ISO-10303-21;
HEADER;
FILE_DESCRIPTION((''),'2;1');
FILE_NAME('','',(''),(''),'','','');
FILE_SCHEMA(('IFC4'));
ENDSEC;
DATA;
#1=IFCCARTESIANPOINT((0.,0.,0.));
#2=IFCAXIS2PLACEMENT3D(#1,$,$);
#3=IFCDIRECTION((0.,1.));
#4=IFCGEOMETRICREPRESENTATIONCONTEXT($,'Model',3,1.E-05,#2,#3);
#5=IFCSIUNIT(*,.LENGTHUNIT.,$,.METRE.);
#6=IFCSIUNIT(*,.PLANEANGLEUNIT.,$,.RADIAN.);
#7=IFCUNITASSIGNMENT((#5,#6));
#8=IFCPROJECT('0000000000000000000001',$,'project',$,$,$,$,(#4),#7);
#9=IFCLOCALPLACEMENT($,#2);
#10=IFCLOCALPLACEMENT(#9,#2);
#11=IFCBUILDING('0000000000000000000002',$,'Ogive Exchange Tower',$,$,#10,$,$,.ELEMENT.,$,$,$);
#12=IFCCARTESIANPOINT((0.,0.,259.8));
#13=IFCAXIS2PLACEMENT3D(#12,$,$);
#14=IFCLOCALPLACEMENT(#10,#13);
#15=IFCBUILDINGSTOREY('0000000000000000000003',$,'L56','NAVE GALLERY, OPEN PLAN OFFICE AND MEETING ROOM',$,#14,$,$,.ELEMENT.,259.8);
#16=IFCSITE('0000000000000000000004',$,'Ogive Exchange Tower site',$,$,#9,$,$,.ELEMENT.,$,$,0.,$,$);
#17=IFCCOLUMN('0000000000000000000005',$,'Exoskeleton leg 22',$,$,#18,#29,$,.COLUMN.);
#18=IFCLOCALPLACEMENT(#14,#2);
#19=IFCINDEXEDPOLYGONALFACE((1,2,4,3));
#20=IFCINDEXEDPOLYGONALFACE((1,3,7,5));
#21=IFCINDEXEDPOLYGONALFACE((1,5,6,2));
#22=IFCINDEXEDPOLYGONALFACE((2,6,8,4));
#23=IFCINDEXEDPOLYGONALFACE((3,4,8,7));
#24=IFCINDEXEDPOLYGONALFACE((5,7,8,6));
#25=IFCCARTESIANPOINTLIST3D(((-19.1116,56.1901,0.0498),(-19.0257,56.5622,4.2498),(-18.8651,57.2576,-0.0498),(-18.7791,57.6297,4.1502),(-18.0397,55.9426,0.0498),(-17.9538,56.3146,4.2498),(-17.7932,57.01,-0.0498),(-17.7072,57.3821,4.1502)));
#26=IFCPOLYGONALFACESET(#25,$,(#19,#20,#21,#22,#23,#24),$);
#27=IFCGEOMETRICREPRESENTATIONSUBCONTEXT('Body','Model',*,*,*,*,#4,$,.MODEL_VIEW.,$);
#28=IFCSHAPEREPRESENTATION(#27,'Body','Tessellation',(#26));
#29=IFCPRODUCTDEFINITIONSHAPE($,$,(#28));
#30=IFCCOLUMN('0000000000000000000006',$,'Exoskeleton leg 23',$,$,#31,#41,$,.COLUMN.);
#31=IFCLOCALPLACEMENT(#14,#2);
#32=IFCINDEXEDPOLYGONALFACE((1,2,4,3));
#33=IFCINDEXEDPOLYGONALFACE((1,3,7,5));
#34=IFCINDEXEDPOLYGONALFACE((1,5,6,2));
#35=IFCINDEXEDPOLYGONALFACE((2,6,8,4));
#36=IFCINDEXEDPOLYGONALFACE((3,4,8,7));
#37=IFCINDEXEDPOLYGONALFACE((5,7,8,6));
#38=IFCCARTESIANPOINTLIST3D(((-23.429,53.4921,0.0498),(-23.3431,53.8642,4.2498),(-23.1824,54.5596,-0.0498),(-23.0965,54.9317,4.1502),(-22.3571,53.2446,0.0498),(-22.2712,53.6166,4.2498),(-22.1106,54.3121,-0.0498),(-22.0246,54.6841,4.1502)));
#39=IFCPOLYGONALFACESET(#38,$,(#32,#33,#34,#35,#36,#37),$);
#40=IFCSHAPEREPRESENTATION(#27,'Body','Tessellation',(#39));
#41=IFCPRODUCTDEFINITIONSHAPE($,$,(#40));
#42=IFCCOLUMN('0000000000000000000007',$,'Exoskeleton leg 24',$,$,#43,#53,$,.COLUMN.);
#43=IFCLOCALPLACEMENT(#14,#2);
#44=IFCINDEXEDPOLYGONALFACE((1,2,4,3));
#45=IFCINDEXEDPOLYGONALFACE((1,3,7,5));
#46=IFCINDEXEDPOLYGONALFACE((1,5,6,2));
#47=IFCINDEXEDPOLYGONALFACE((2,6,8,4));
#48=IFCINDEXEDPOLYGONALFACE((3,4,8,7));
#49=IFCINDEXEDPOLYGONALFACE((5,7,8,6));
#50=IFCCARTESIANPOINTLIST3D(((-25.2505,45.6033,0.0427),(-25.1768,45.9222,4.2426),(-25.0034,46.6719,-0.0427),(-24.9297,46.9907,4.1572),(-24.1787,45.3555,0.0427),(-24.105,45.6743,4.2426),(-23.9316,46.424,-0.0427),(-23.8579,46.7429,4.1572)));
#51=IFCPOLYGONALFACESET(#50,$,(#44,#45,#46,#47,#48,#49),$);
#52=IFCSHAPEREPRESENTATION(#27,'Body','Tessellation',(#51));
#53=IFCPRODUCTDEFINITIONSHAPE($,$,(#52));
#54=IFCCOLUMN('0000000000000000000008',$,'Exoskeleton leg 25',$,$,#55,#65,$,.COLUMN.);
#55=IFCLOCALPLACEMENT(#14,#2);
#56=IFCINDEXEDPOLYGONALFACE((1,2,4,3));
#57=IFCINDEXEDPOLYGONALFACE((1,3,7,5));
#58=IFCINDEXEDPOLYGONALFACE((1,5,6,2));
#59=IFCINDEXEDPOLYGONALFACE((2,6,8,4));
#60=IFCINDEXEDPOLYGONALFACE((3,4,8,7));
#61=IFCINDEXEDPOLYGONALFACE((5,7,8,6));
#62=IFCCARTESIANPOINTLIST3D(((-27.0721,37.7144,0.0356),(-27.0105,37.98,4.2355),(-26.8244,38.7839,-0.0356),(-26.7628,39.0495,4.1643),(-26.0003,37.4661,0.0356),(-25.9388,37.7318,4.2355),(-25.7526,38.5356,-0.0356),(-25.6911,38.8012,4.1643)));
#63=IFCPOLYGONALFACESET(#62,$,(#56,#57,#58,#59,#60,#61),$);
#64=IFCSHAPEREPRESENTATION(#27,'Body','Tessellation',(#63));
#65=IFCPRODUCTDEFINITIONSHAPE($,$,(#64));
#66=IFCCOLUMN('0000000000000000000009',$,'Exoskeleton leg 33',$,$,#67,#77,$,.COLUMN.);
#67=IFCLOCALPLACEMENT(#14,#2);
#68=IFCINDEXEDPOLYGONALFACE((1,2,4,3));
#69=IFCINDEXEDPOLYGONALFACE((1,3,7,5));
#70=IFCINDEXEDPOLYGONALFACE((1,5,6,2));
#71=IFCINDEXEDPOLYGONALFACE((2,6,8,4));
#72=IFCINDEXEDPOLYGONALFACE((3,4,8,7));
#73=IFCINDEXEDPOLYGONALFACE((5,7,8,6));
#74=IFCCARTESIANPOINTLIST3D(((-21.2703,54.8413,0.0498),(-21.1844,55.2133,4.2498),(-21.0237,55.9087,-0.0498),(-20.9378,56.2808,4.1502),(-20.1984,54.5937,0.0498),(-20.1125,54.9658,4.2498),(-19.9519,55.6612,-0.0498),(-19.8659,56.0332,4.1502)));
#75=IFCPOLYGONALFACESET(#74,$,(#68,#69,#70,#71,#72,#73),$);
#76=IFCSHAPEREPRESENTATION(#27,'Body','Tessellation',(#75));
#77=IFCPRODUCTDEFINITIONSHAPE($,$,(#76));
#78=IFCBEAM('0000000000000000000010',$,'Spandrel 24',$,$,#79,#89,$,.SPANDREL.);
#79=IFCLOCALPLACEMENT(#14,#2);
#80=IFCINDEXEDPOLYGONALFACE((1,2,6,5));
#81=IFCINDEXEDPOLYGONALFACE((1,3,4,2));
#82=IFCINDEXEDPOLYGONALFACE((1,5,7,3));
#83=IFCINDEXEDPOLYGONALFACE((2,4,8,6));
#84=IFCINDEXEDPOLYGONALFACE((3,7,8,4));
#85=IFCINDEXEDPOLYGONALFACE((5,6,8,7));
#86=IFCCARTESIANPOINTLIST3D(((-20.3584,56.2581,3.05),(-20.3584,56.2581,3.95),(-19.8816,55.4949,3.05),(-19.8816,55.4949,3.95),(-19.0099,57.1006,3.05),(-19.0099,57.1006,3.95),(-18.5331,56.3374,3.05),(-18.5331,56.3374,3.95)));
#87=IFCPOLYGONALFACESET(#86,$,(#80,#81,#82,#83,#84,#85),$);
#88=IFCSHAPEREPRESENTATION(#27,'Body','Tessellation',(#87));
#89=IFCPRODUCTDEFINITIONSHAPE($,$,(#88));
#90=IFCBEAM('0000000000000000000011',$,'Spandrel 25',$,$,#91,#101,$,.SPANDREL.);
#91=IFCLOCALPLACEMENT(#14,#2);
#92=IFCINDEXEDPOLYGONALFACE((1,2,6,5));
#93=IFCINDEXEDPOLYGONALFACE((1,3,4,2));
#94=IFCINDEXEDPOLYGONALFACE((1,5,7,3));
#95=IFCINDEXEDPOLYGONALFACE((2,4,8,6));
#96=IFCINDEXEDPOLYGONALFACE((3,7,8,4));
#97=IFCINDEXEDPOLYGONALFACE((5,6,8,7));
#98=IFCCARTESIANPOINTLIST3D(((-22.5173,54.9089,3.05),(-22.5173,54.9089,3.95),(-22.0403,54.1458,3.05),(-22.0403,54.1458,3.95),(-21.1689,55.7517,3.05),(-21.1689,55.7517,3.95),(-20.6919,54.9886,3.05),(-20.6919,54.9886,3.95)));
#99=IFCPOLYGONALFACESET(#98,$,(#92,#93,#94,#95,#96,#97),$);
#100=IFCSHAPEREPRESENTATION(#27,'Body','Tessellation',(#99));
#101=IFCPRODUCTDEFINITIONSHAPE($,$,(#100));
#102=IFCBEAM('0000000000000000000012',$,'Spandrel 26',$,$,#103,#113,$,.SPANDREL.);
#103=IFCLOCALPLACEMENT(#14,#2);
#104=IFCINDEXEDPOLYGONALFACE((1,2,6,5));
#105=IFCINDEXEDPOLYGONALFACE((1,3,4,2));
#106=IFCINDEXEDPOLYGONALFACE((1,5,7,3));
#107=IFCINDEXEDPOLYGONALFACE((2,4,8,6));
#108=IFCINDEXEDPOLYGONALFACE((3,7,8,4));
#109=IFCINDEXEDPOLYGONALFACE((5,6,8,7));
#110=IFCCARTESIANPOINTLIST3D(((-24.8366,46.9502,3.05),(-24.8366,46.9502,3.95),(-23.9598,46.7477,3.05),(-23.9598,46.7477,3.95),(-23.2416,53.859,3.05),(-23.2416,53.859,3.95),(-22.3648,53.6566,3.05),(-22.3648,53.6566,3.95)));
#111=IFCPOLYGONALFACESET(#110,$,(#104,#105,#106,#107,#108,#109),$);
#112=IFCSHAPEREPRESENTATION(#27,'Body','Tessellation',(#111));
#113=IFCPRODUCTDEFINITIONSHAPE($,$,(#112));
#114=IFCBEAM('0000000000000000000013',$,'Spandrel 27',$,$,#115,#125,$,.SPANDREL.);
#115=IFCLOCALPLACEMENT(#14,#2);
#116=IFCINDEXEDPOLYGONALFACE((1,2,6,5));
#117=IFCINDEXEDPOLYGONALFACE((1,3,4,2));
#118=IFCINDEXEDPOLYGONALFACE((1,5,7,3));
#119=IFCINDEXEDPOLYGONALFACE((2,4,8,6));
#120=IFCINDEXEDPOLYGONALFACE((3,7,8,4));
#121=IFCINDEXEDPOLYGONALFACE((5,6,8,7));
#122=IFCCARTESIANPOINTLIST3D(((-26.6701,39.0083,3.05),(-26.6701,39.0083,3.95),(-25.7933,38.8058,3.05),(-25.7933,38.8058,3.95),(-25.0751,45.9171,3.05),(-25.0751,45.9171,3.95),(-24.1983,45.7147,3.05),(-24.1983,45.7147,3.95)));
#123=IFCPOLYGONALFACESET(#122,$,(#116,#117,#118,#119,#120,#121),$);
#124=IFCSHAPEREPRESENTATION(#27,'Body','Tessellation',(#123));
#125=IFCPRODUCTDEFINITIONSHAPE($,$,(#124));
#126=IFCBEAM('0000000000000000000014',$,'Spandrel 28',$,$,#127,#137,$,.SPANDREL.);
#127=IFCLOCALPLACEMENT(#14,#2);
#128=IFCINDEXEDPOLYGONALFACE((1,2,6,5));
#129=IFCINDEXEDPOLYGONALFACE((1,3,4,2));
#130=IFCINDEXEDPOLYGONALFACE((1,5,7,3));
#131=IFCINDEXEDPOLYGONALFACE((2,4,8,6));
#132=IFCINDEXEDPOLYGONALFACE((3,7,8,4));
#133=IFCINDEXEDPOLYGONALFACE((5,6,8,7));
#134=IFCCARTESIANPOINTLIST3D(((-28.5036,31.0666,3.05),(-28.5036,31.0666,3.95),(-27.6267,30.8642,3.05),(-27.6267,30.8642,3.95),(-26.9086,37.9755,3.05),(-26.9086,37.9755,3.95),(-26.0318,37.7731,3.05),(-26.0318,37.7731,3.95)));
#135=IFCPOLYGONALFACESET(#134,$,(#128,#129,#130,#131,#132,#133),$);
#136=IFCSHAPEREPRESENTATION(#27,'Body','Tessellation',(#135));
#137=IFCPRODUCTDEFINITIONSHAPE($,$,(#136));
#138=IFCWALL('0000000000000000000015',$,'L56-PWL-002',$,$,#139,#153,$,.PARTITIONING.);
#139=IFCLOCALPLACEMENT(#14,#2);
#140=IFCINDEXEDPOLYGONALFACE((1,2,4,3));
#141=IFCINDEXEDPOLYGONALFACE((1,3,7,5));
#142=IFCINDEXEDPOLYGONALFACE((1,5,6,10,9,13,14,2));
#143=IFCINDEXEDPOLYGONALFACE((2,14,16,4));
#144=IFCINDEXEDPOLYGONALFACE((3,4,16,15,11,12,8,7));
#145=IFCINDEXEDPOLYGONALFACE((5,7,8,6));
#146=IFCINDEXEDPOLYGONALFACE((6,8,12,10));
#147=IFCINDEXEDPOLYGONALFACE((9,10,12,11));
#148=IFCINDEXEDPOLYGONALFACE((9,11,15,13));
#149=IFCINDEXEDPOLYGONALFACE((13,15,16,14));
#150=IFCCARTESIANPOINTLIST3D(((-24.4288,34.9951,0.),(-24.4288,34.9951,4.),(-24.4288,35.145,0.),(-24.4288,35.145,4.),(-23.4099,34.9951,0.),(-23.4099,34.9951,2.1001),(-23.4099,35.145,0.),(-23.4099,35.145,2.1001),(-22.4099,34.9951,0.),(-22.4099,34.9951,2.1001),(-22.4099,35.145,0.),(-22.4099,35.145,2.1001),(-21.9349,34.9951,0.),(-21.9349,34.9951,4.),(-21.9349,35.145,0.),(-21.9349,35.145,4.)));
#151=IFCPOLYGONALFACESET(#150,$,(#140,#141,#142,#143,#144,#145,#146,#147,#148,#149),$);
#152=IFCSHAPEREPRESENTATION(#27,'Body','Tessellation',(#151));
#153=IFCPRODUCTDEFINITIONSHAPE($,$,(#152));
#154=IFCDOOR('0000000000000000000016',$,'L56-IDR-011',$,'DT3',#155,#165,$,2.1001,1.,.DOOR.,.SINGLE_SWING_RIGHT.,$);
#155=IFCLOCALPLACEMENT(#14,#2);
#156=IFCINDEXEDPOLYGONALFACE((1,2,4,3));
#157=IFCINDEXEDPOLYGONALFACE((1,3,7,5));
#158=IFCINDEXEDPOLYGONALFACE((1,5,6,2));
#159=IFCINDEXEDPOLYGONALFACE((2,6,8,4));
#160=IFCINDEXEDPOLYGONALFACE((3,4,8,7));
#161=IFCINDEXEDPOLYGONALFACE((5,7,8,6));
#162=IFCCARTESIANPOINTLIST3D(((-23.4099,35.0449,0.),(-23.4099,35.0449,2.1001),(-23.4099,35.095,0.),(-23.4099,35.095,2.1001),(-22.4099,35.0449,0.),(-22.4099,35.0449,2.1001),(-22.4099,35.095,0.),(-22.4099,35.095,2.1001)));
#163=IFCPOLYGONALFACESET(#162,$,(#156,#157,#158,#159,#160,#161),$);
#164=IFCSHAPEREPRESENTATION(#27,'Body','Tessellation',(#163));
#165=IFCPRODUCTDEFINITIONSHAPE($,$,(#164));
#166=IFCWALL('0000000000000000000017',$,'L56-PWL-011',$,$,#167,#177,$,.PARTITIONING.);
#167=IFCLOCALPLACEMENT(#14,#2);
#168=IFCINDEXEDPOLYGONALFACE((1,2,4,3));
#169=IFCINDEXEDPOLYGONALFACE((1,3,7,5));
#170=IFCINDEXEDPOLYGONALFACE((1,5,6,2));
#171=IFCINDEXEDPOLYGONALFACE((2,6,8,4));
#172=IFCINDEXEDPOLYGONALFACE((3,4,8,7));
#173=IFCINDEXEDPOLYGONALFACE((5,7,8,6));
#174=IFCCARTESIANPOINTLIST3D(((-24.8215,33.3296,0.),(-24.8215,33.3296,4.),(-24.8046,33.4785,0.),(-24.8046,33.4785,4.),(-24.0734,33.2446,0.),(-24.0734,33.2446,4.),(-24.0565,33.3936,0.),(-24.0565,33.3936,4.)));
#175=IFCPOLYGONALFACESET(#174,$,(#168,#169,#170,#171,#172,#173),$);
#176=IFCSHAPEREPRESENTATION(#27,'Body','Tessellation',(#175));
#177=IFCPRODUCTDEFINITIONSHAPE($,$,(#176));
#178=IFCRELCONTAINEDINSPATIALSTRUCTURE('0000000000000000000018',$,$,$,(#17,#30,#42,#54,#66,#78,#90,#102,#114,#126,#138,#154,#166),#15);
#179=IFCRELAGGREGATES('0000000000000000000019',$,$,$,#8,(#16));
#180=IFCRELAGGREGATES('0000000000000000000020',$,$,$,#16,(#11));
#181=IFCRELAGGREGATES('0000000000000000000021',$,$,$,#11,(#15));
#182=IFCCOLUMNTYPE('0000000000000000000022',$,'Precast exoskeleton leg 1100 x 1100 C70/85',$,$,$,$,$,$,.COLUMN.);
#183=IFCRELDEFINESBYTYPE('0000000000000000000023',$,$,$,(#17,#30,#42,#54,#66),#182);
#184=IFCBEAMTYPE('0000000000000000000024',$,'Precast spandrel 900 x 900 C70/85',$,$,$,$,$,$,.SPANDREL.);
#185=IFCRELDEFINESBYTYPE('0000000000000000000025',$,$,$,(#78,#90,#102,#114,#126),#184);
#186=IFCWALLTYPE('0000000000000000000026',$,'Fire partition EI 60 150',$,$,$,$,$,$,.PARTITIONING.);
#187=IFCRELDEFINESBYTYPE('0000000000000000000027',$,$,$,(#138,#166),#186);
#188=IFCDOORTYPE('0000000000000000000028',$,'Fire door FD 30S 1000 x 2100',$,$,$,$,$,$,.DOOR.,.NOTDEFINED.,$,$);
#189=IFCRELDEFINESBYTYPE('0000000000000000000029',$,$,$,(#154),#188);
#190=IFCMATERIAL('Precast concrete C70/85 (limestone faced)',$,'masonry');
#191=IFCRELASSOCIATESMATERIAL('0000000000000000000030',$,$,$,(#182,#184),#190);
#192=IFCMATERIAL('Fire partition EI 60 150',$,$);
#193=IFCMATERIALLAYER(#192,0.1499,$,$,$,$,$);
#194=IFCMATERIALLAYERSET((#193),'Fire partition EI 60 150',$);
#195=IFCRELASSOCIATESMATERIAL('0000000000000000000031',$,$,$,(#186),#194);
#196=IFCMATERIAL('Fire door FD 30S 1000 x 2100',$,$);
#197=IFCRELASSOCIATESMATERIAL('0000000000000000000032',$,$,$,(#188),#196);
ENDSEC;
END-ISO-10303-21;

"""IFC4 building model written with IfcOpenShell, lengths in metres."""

from ifc_helpers import new_model, si_unit, direction, frame, frame_2d, origin, origin_2d, place, context, subcontext, project, spatial, rectangle, extrude, material, layer, layer_set, material_profile, profile_set, type_object, element, fill, save


model = new_model("IFC4")

# Units and contexts
model_context = context("Model", 3, precision=1e-05, world=origin(), true_north=direction((0.0, 1.0)))
body_context = subcontext(model_context, "Body", "Model", "MODEL_VIEW")
ifc_project = project(units=[si_unit("LENGTHUNIT", "METRE"), si_unit("PLANEANGLEUNIT", "RADIAN")], contexts=[model_context])

# Site, building, storey
site_placement = place(None, origin())
site = spatial("IfcSite", under=ifc_project, at=site_placement, Name="Ogive Exchange Tower site", CompositionType="ELEMENT", RefElevation=0.0)
building_placement = place(site_placement, origin())
building = spatial("IfcBuilding", under=site, at=building_placement, Name="Ogive Exchange Tower", CompositionType="ELEMENT")
storey_placement = place(building_placement, frame((0.0, 0.0, 259.8)))
storey = spatial("IfcBuildingStorey", under=building, at=storey_placement, Name="L56", Description="NAVE GALLERY, OPEN PLAN OFFICE AND MEETING ROOM", CompositionType="ELEMENT", Elevation=259.8)

# Columns
ifc_material_1 = material(Name="Precast concrete C70/85 (limestone faced)", Category="masonry")
ifc_material_profile_1 = material_profile(ifc_material_1, rectangle(XDim=1.1001, YDim=1.1001, at=origin_2d()), Name="1100 x 1100")
ifc_profile_set_1 = profile_set([ifc_material_profile_1], Name="Precast concrete C70/85 (limestone faced)")
column_type = type_object("IfcColumnType", Name="Precast exoskeleton leg 1100 x 1100 C70/85", PredefinedType="COLUMN", material=ifc_profile_set_1)
for number, where, z_axis, x_axis, name in (
    (1, (-18.4524, 56.6001, 0.0), (0.020377, 0.088225, 0.995892), (-0.974348, 0.225046, 0.0), "Exoskeleton leg 22"),
    (2, (-22.7698, 53.9021, 0.0), (0.020377, 0.088225, 0.995892), (-0.974348, 0.225046, 0.0), "Exoskeleton leg 23"),
):
    element("IfcColumn", number, at=place(storey_placement, frame(where, z_axis=z_axis, x_axis=x_axis)), inside=storey, type_object=column_type, Name=name, PredefinedType="COLUMN", context=body_context, shape_type="SweptSolid", body=[
        extrude(rectangle(XDim=1.1001, YDim=1.1001, at=origin_2d()), origin(), (0.0, 0.0, 1.0), 4.2173),
    ])
column_1_placement = place(storey_placement, frame((-24.5911, 46.0137, 0.0), z_axis=(0.017502, 0.075688, 0.996978), x_axis=(-0.974291, 0.225295, 0.0)))
element("IfcColumn", 3, at=column_1_placement, inside=storey, type_object=column_type, Name="Exoskeleton leg 24", PredefinedType="COLUMN", context=body_context, shape_type="SweptSolid", body=[
    extrude(rectangle(XDim=1.1001, YDim=1.1001, at=origin_2d()), origin(), (0.0, 0.0, 1.0), 4.2126),
])
column_2_placement = place(storey_placement, frame((-26.4124, 38.125, 0.0), z_axis=(0.014618, 0.063112, 0.997899), x_axis=(-0.97421, 0.225644, 0.0)))
element("IfcColumn", 4, at=column_2_placement, inside=storey, type_object=column_type, Name="Exoskeleton leg 25", PredefinedType="COLUMN", context=body_context, shape_type="SweptSolid", body=[
    extrude(rectangle(XDim=1.1001, YDim=1.1001, at=origin_2d()), origin(), (0.0, 0.0, 1.0), 4.2087),
])
column_3_placement = place(storey_placement, frame((-20.6111, 55.2512, 0.0), z_axis=(0.020377, 0.088225, 0.995892), x_axis=(-0.974348, 0.225046, 0.0)))
element("IfcColumn", 5, at=column_3_placement, inside=storey, type_object=column_type, Name="Exoskeleton leg 33", PredefinedType="COLUMN", context=body_context, shape_type="SweptSolid", body=[
    extrude(rectangle(XDim=1.1001, YDim=1.1001, at=origin_2d()), origin(), (0.0, 0.0, 1.0), 4.2173),
])

# Beams
ifc_material_profile_2 = material_profile(ifc_material_1, rectangle(XDim=0.8999, YDim=0.8999, at=origin_2d()), Name="900 x 900")
ifc_profile_set_2 = profile_set([ifc_material_profile_2], Name="Precast concrete C70/85 (limestone faced)")
beam_type = type_object("IfcBeamType", Name="Precast spandrel 900 x 900 C70/85", PredefinedType="SPANDREL", material=ifc_profile_set_2)
for number, where, z_axis, x_axis, name in (
    (6, (-18.7715, 56.719, 3.5), (-0.848102, -0.529833, 0.0), (0.529833, -0.848102, 0.0), "Spandrel 24"),
    (7, (-20.9304, 55.3701, 3.5), (-0.84799, -0.530013, 0.0), (0.530013, -0.84799, 0.0), "Spandrel 25"),
):
    element("IfcBeam", number, at=place(storey_placement, frame(where, z_axis=z_axis, x_axis=x_axis)), inside=storey, type_object=beam_type, Name=name, PredefinedType="SPANDREL", context=body_context, shape_type="SweptSolid", body=[
        extrude(rectangle(XDim=0.8999, YDim=0.8999, at=origin_2d()), origin(), (0.0, 0.0, 1.0), 1.5901),
    ])
for number, where, z_axis, x_axis, name in (
    (8, (-22.8032, 53.7578, 3.5), (-0.22494, -0.974373, 0.0), (0.974373, -0.22494, 0.0), "Spandrel 26"),
    (9, (-24.6367, 45.8159, 3.5), (-0.22494, -0.974373, 0.0), (0.974373, -0.22494, 0.0), "Spandrel 27"),
    (10, (-26.4702, 37.8743, 3.5), (-0.22494, -0.974373, 0.0), (0.974373, -0.22494, 0.0), "Spandrel 28"),
):
    element("IfcBeam", number, at=place(storey_placement, frame(where, z_axis=z_axis, x_axis=x_axis)), inside=storey, type_object=beam_type, Name=name, PredefinedType="SPANDREL", context=body_context, shape_type="SweptSolid", body=[
        extrude(rectangle(XDim=0.8999, YDim=0.8999, at=origin_2d()), origin(), (0.0, 0.0, 1.0), 7.0906),
    ])

# Wall, opening, door
ifc_material_2 = material(Name="Fire partition EI 60 150")
ifc_layer_1 = layer(ifc_material_2, 0.1499)
ifc_layer_set_1 = layer_set([ifc_layer_1], Name="Fire partition EI 60 150")
wall_type_1 = type_object("IfcWallType", Name="Fire partition EI 60 150", PredefinedType="PARTITIONING", material=ifc_layer_set_1)
wall_1_placement = place(storey_placement, frame((-24.429, 35.0701, 0.0), z_axis=(0.0, 0.0, 1.0), x_axis=(1.0, 0.0, 0.0)))
wall_1 = element("IfcWall", 11, at=wall_1_placement, inside=storey, type_object=wall_type_1, Name="L56-PWL-002", PredefinedType="PARTITIONING", context=body_context, shape_type="SweptSolid", body=[
    extrude(rectangle(XDim=2.4939, YDim=0.1499, at=frame_2d((1.2471, 0.0))), origin(), (0.0, 0.0, 1.0), 4.0),
])
opening_1_placement = place(wall_1_placement, frame((1.019, 0.0, 0.0)))
opening_1 = element("IfcOpeningElement", 12, at=opening_1_placement, cuts=wall_1, PredefinedType="OPENING", context=body_context, shape_type="SweptSolid", body=[
    extrude(rectangle(XDim=1.0, YDim=2.1001, at=frame_2d((0.5, 1.05))), frame((0.0, 0.085, 0.0), z_axis=(0.0, -1.0, 0.0), x_axis=(1.0, 0.0, 0.0)), (0.0, 0.0, 1.0), 0.1699),
])
ifc_material_3 = material(Name="Fire door FD 30S 1000 x 2100")
door_type_1 = type_object("IfcDoorType", Name="Fire door FD 30S 1000 x 2100", OperationType="NOTDEFINED", PredefinedType="DOOR", material=ifc_material_3)
door_1_placement = place(opening_1_placement, origin())
door_1 = element("IfcDoor", 13, at=door_1_placement, inside=storey, type_object=door_type_1, Name="L56-IDR-011", ObjectType="DT3", OperationType="SINGLE_SWING_RIGHT", OverallHeight=2.1001, OverallWidth=1.0, PredefinedType="DOOR", context=body_context, shape_type="SweptSolid", body=[
    extrude(rectangle(XDim=1.0, YDim=2.1001, at=frame_2d((0.5, 1.05))), frame((0.0, 0.0249, 0.0), z_axis=(0.0, -1.0, 0.0), x_axis=(1.0, 0.0, 0.0)), (0.0, 0.0, 1.0), 0.05),
])
fill(opening_1, door_1)

# Wall
wall_2_placement = place(storey_placement, frame((-24.0649, 33.3191, 0.0), z_axis=(0.0, 0.0, 1.0), x_axis=(-0.993612, 0.112851, 0.0)))
element("IfcWall", 14, at=wall_2_placement, inside=storey, type_object=wall_type_1, Name="L56-PWL-011", PredefinedType="PARTITIONING", context=body_context, shape_type="SweptSolid", body=[
    extrude(rectangle(XDim=0.7529, YDim=0.1499, at=frame_2d((0.3765, 0.0))), origin(), (0.0, 0.0, 1.0), 4.0),
])

save(model, "model.ifc")
